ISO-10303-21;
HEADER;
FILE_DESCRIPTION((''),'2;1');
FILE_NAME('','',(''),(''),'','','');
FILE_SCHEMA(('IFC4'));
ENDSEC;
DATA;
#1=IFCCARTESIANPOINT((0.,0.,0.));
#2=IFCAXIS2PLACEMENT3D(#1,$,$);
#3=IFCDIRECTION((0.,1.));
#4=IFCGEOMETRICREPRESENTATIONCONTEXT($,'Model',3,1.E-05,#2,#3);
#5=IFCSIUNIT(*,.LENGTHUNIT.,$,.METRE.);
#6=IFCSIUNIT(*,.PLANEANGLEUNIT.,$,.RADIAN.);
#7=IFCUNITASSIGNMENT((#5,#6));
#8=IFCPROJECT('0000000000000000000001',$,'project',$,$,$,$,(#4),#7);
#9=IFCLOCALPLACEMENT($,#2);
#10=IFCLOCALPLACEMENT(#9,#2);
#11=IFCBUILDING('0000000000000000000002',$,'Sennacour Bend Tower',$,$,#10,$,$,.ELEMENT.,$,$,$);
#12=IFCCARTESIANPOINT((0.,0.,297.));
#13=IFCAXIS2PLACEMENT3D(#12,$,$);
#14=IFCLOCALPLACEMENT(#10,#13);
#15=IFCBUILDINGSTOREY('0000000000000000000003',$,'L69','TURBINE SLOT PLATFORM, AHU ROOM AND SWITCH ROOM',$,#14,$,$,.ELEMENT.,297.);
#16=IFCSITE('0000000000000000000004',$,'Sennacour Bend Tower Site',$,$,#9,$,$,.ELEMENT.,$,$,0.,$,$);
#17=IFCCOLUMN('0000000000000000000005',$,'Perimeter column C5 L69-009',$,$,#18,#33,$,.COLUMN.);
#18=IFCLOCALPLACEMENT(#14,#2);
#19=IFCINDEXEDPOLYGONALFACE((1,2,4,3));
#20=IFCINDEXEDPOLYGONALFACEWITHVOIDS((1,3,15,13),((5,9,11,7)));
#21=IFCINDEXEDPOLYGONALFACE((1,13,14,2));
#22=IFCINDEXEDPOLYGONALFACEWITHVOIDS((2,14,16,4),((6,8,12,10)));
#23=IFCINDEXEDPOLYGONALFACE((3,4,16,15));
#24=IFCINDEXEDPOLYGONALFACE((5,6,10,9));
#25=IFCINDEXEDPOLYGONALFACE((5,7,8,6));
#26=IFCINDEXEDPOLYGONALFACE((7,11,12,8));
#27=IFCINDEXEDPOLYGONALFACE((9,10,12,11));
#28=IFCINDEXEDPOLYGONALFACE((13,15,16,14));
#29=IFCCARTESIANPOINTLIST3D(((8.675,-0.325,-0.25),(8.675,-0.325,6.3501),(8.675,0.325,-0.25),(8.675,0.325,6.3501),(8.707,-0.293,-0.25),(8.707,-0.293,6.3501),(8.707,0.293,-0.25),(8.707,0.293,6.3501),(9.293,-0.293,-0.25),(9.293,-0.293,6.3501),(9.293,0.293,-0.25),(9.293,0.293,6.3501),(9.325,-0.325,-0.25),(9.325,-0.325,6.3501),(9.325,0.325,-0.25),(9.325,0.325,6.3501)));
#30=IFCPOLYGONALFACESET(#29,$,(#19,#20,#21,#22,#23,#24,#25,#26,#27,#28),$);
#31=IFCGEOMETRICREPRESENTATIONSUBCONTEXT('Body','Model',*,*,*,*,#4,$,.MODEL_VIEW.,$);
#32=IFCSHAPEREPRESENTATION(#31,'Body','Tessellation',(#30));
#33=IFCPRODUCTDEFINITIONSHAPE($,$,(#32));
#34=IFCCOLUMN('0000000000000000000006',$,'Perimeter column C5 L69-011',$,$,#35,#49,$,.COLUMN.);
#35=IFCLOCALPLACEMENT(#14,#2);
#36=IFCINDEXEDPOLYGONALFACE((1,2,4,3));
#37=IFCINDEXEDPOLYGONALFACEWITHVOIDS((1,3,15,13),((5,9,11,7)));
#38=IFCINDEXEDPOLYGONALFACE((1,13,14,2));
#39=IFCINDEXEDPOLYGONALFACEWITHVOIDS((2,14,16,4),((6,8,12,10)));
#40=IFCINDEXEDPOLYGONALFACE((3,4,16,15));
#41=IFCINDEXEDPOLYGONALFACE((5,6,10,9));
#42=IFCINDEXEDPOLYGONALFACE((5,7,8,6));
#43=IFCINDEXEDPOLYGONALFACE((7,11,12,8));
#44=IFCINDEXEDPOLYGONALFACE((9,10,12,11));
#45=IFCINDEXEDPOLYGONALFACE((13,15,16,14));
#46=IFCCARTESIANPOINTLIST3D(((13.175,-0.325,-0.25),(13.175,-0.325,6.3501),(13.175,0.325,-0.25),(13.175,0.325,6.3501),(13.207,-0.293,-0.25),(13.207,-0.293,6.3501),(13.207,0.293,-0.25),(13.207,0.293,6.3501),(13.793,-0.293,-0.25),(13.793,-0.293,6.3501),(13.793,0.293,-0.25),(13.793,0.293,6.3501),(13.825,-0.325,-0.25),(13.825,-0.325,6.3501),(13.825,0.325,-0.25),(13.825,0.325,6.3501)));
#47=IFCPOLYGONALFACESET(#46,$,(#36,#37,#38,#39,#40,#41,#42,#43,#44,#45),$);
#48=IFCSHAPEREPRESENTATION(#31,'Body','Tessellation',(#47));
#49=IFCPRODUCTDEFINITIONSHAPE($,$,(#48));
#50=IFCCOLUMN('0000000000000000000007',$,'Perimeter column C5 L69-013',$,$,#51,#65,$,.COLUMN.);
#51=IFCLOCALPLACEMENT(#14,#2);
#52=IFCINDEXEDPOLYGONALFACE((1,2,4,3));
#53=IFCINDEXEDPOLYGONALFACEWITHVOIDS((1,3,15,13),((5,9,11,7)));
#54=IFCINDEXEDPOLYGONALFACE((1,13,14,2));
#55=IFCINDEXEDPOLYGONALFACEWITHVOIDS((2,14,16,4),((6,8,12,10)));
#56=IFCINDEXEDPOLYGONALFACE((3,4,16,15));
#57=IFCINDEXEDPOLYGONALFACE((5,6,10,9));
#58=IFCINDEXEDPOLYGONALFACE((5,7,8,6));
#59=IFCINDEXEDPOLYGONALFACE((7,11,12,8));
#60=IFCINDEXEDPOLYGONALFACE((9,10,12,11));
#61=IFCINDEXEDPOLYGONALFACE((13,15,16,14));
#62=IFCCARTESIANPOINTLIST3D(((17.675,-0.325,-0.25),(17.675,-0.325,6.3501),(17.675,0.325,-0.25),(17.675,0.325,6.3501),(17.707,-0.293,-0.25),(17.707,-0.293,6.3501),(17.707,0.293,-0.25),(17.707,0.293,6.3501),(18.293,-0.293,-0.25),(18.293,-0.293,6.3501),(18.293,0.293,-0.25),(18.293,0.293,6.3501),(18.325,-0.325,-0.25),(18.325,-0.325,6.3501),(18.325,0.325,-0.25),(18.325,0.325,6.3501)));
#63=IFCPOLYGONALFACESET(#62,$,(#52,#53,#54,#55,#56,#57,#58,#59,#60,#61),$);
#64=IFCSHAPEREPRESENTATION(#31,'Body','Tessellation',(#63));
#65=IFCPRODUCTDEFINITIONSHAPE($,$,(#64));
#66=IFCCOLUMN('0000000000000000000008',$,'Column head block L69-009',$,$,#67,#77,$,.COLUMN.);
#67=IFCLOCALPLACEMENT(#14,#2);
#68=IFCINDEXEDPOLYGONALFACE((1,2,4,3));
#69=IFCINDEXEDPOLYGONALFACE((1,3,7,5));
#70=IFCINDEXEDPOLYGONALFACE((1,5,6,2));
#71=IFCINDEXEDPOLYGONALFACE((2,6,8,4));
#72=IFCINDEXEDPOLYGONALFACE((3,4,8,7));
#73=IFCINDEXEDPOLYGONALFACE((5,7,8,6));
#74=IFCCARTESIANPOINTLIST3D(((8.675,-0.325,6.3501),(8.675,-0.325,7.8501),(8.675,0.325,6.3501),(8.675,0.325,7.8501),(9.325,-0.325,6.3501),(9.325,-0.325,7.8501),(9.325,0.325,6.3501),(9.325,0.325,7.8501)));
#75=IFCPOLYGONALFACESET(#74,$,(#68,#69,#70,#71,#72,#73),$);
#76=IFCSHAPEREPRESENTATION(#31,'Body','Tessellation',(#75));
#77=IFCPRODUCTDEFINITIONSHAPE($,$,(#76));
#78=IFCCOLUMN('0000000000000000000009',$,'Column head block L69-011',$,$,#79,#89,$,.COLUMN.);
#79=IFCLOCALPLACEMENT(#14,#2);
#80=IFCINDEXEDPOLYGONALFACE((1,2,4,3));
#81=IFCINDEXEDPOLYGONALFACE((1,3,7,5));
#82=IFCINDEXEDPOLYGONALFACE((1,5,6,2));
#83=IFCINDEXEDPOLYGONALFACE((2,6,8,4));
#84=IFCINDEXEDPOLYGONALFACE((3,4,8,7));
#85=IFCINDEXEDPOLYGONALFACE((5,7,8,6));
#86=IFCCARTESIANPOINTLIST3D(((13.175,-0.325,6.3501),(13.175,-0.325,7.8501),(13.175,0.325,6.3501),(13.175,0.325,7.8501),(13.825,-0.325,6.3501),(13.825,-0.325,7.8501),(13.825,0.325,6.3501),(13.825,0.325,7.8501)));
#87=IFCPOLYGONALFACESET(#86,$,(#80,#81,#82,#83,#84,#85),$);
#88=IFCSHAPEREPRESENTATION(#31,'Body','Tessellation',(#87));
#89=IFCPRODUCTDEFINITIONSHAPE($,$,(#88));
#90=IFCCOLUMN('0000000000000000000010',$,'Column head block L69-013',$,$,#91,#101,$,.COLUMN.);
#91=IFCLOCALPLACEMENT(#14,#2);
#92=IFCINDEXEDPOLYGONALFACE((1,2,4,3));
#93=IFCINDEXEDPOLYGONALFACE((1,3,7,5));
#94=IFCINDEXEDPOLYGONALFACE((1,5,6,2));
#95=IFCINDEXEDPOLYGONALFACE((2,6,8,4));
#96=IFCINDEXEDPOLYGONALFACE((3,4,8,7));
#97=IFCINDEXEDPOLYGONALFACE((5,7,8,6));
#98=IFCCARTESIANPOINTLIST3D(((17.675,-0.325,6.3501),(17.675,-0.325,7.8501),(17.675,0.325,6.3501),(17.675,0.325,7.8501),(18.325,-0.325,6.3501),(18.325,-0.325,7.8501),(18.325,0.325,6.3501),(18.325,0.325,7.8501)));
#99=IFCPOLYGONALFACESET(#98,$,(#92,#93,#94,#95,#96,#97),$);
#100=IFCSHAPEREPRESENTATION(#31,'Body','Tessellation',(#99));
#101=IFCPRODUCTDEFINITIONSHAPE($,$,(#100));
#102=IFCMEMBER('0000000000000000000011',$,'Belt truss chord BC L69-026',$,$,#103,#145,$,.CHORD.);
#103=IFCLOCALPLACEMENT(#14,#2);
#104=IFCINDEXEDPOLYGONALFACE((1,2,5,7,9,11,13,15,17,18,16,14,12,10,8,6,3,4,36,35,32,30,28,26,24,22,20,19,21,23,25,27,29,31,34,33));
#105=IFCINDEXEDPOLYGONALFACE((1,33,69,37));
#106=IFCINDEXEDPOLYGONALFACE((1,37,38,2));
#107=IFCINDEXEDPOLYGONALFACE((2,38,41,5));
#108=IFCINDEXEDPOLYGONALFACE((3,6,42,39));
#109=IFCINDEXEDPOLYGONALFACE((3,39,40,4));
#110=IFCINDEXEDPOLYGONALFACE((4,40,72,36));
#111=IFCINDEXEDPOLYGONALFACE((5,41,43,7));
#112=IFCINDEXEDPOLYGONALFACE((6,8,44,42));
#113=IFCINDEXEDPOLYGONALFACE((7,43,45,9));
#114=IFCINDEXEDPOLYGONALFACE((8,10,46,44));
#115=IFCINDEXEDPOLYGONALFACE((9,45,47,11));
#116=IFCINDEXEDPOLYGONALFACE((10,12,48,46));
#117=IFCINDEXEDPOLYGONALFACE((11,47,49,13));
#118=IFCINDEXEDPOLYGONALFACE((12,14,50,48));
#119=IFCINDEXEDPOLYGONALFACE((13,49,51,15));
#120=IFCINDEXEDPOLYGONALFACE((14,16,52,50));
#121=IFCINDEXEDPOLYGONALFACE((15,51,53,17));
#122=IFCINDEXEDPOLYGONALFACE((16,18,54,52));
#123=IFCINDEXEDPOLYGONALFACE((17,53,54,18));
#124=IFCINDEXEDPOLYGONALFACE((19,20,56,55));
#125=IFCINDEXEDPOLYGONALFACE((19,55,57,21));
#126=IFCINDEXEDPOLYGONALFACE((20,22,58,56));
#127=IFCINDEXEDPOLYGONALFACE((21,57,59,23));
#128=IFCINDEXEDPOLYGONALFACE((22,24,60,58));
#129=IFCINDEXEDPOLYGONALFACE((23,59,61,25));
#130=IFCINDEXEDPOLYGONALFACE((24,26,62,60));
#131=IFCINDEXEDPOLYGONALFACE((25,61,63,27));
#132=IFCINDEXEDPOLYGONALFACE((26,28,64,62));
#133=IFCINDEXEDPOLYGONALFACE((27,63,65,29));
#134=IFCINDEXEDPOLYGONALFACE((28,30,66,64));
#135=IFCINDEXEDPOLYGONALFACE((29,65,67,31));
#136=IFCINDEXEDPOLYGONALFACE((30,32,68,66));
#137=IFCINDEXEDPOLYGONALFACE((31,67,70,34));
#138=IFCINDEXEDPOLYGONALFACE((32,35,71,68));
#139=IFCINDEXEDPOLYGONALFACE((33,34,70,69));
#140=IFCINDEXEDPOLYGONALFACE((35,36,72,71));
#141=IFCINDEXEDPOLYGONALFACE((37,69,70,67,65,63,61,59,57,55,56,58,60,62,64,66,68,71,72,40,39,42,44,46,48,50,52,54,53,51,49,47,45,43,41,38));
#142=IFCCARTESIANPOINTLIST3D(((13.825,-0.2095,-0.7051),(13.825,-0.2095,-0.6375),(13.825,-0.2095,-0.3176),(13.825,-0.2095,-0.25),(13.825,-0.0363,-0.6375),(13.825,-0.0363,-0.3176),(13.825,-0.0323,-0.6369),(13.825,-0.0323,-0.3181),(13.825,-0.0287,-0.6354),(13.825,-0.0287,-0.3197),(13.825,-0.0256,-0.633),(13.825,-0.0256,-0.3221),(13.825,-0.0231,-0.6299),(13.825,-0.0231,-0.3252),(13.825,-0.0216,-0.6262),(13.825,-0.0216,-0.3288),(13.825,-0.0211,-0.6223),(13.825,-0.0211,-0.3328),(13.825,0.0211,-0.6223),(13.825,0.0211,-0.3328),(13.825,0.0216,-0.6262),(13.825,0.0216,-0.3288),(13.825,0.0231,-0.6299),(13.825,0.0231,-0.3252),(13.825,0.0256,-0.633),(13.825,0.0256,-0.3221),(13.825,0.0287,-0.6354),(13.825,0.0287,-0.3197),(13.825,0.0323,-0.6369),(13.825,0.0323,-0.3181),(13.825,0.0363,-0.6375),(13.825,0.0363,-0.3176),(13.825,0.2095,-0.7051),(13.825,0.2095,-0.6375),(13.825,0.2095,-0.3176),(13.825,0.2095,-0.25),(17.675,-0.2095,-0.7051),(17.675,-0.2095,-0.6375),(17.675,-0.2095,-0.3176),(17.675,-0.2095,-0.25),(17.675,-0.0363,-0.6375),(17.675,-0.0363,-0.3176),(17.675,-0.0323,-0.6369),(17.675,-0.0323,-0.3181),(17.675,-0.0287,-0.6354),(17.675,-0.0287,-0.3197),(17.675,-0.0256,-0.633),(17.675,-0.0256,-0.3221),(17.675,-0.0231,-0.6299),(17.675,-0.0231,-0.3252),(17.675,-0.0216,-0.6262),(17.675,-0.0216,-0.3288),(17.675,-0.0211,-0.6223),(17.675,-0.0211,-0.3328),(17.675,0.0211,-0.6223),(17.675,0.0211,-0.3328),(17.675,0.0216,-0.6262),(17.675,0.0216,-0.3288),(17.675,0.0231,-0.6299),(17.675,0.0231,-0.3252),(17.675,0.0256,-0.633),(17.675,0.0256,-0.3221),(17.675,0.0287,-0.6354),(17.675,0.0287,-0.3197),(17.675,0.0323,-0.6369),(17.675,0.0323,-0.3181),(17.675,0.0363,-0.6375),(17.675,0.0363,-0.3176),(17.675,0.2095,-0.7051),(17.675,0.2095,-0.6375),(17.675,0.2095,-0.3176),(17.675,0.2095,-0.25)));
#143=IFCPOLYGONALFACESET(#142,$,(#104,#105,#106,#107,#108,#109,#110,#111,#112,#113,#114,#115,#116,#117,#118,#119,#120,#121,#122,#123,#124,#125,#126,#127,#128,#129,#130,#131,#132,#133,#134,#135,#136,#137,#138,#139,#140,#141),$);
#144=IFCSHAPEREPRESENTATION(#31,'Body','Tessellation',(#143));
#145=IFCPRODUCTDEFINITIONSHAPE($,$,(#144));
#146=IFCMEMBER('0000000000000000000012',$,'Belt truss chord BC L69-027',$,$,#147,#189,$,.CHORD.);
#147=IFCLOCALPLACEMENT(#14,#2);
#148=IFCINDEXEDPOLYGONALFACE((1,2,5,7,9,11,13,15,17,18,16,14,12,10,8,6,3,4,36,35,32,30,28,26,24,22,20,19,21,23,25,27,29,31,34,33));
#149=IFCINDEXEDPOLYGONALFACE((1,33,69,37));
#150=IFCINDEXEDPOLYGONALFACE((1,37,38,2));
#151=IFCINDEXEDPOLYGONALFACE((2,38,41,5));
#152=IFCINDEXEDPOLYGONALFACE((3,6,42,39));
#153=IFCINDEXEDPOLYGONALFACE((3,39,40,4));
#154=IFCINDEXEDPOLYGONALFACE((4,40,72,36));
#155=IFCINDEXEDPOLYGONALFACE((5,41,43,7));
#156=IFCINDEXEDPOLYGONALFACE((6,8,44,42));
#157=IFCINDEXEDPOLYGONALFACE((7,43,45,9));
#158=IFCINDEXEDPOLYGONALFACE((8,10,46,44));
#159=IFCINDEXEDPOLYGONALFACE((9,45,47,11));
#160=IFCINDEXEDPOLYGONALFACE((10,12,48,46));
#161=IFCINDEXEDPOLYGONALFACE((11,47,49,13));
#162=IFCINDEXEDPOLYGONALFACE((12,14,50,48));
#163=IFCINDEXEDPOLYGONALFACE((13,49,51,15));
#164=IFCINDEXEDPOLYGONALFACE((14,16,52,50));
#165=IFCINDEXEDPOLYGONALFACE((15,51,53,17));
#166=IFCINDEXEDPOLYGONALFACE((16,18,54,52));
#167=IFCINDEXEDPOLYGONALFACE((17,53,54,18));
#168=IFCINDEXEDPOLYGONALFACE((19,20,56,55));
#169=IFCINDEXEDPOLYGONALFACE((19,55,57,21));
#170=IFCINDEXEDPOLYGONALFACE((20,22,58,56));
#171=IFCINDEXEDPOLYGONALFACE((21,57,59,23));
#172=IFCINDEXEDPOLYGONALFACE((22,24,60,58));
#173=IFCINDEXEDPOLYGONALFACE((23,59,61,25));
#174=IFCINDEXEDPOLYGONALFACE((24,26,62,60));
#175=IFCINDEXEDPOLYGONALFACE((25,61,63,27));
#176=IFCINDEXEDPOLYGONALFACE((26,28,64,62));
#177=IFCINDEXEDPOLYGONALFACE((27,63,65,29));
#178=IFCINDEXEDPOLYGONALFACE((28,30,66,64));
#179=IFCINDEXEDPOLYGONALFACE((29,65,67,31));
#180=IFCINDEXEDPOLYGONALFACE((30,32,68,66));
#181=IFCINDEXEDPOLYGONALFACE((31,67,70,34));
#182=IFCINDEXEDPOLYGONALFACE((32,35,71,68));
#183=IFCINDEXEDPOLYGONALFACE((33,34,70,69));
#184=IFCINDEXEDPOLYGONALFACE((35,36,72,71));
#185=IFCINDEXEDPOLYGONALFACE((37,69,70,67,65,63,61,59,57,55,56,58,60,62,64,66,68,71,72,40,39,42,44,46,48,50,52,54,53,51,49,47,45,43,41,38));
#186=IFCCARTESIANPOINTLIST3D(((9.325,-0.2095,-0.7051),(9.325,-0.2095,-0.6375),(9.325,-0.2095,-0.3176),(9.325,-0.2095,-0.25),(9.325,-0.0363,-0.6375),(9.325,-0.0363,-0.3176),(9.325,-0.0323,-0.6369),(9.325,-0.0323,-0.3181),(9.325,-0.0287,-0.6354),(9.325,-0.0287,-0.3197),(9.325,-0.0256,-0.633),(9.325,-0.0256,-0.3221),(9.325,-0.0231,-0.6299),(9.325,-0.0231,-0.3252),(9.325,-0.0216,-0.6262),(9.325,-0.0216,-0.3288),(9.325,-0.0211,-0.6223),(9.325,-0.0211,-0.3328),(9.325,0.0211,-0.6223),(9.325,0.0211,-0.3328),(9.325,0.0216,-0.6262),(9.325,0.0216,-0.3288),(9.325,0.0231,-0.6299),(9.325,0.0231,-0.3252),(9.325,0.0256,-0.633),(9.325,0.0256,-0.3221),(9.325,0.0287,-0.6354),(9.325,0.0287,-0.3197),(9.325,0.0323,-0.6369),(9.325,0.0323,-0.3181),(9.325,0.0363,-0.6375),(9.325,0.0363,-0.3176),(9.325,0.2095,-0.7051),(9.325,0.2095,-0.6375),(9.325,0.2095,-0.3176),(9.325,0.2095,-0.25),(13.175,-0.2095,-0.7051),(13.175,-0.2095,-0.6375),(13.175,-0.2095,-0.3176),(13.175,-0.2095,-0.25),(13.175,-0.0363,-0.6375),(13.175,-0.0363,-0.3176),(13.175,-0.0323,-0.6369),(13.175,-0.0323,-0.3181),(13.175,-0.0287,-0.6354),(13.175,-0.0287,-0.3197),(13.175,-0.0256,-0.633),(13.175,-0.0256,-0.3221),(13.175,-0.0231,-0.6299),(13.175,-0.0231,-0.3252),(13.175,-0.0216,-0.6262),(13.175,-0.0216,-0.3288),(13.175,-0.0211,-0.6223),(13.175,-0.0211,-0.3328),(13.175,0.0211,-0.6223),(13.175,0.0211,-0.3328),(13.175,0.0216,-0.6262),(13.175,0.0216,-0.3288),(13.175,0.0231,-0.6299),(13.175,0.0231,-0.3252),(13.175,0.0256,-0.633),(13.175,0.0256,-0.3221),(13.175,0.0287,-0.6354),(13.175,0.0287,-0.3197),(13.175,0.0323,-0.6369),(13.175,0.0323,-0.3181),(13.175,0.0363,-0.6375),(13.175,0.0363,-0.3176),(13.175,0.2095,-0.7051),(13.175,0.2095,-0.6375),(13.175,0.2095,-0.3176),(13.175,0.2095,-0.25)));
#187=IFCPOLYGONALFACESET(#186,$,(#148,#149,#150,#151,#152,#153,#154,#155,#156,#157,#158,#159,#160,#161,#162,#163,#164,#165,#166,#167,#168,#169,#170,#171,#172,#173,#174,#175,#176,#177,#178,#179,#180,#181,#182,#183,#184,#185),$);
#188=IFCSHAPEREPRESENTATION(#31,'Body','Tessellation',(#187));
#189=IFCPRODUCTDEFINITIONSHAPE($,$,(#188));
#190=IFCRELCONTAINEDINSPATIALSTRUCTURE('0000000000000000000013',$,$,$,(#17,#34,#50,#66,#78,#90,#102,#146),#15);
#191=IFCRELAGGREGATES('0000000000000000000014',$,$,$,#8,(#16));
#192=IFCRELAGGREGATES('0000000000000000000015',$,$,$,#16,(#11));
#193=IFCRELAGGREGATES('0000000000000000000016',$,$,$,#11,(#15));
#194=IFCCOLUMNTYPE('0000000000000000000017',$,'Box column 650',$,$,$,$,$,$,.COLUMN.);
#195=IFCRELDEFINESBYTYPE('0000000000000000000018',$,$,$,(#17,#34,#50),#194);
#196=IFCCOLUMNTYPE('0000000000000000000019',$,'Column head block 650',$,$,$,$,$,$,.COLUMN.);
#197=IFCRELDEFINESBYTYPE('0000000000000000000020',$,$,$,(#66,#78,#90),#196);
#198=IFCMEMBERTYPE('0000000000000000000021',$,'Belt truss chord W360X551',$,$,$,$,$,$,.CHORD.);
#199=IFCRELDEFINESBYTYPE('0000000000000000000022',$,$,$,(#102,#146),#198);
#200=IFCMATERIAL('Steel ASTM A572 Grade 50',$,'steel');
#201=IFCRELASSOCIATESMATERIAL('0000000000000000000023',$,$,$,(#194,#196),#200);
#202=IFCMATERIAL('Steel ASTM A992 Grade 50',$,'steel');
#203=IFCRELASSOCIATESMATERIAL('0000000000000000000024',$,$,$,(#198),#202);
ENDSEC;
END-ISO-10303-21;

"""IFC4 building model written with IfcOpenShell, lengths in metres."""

from ifc_helpers import new_model, si_unit, direction, frame, origin, origin_2d, place, context, subcontext, project, spatial, rectangle, hollow_rectangle, i_section, extrude, material, material_profile, profile_set, type_object, element, save


model = new_model("IFC4")

# Units and contexts
model_context = context("Model", 3, precision=1e-05, world=origin(), true_north=direction((0.0, 1.0)))
body_context = subcontext(model_context, "Body", "Model", "MODEL_VIEW")
ifc_project = project(units=[si_unit("LENGTHUNIT", "METRE"), si_unit("PLANEANGLEUNIT", "RADIAN")], contexts=[model_context])

# Site, building, storey
site_placement = place(None, origin())
site = spatial("IfcSite", under=ifc_project, at=site_placement, Name="Sennacour Bend Tower Site", CompositionType="ELEMENT", RefElevation=0.0)
building_placement = place(site_placement, origin())
building = spatial("IfcBuilding", under=site, at=building_placement, Name="Sennacour Bend Tower", CompositionType="ELEMENT")
storey_placement = place(building_placement, frame((0.0, 0.0, 297.0)))
storey = spatial("IfcBuildingStorey", under=building, at=storey_placement, Name="L69", Description="TURBINE SLOT PLATFORM, AHU ROOM AND SWITCH ROOM", CompositionType="ELEMENT", Elevation=297.0)

# Columns
ifc_material_1 = material(Name="Steel ASTM A572 Grade 50", Category="steel")
ifc_material_profile_1 = material_profile(ifc_material_1, hollow_rectangle(XDim=0.6499, YDim=0.6499, WallThickness=0.032, at=origin_2d()), Name="Steel ASTM A572 Grade 50", Category="steel")
ifc_profile_set_1 = profile_set([ifc_material_profile_1], Name="Steel ASTM A572 Grade 50")
column_type_1 = type_object("IfcColumnType", Name="Box column 650", PredefinedType="COLUMN", material=ifc_profile_set_1)
for number, where, z_axis, x_axis, name in (
    (1, (9.0, 0.0, -0.25), (0.0, 0.0, 1.0), (1.0, 0.0, 0.0), "Perimeter column C5 L69-009"),
    (2, (13.5, 0.0, -0.25), (0.0, 0.0, 1.0), (1.0, 0.0, 0.0), "Perimeter column C5 L69-011"),
    (3, (18.0, 0.0, -0.25), (0.0, 0.0, 1.0), (1.0, 0.0, 0.0), "Perimeter column C5 L69-013"),
):
    element("IfcColumn", number, at=place(storey_placement, frame(where, z_axis=z_axis, x_axis=x_axis)), inside=storey, type_object=column_type_1, Name=name, PredefinedType="COLUMN", context=body_context, shape_type="SweptSolid", body=[
        extrude(hollow_rectangle(XDim=0.6499, YDim=0.6499, WallThickness=0.032, at=origin_2d()), origin(), (0.0, 0.0, 1.0), 6.6001),
    ])
ifc_material_profile_2 = material_profile(ifc_material_1, rectangle(XDim=0.6499, YDim=0.6499, at=origin_2d()), Name="Steel ASTM A572 Grade 50", Category="steel")
ifc_profile_set_2 = profile_set([ifc_material_profile_2], Name="Steel ASTM A572 Grade 50")
column_type_2 = type_object("IfcColumnType", Name="Column head block 650", PredefinedType="COLUMN", material=ifc_profile_set_2)
for number, where, z_axis, x_axis, name in (
    (4, (9.0, 0.0, 6.3501), (0.0, 0.0, 1.0), (1.0, 0.0, 0.0), "Column head block L69-009"),
    (5, (13.5, 0.0, 6.3501), (0.0, 0.0, 1.0), (1.0, 0.0, 0.0), "Column head block L69-011"),
    (6, (18.0, 0.0, 6.3501), (0.0, 0.0, 1.0), (1.0, 0.0, 0.0), "Column head block L69-013"),
):
    element("IfcColumn", number, at=place(storey_placement, frame(where, z_axis=z_axis, x_axis=x_axis)), inside=storey, type_object=column_type_2, Name=name, PredefinedType="COLUMN", context=body_context, shape_type="SweptSolid", body=[
        extrude(rectangle(XDim=0.6499, YDim=0.6499, at=origin_2d()), origin(), (0.0, 0.0, 1.0), 1.5),
    ])

# Members
ifc_material_2 = material(Name="Steel ASTM A992 Grade 50", Category="steel")
ifc_material_profile_3 = material_profile(ifc_material_2, i_section(OverallWidth=0.4189, OverallDepth=0.4551, WebThickness=0.0422, FlangeThickness=0.0676, FilletRadius=0.0151, at=origin_2d()), Name="Steel ASTM A992 Grade 50", Category="steel")
ifc_profile_set_3 = profile_set([ifc_material_profile_3], Name="Steel ASTM A992 Grade 50")
member_type_1 = type_object("IfcMemberType", Name="Belt truss chord W360X551", PredefinedType="CHORD", material=ifc_profile_set_3)
for number, where, z_axis, x_axis, name in (
    (7, (17.675, 0.0, -0.4775), (-1.0, 0.0, 0.0), (0.0, -1.0, 0.0), "Belt truss chord BC L69-026"),
    (8, (13.175, 0.0, -0.4775), (-1.0, 0.0, 0.0), (0.0, -1.0, 0.0), "Belt truss chord BC L69-027"),
):
    element("IfcMember", number, at=place(storey_placement, frame(where, z_axis=z_axis, x_axis=x_axis)), inside=storey, type_object=member_type_1, Name=name, PredefinedType="CHORD", context=body_context, shape_type="SweptSolid", body=[
        extrude(i_section(OverallWidth=0.4189, OverallDepth=0.4551, WebThickness=0.0422, FlangeThickness=0.0676, FilletRadius=0.0151, at=origin_2d()), origin(), (0.0, 0.0, 1.0), 3.8501),
    ])

save(model, "model.ifc")
